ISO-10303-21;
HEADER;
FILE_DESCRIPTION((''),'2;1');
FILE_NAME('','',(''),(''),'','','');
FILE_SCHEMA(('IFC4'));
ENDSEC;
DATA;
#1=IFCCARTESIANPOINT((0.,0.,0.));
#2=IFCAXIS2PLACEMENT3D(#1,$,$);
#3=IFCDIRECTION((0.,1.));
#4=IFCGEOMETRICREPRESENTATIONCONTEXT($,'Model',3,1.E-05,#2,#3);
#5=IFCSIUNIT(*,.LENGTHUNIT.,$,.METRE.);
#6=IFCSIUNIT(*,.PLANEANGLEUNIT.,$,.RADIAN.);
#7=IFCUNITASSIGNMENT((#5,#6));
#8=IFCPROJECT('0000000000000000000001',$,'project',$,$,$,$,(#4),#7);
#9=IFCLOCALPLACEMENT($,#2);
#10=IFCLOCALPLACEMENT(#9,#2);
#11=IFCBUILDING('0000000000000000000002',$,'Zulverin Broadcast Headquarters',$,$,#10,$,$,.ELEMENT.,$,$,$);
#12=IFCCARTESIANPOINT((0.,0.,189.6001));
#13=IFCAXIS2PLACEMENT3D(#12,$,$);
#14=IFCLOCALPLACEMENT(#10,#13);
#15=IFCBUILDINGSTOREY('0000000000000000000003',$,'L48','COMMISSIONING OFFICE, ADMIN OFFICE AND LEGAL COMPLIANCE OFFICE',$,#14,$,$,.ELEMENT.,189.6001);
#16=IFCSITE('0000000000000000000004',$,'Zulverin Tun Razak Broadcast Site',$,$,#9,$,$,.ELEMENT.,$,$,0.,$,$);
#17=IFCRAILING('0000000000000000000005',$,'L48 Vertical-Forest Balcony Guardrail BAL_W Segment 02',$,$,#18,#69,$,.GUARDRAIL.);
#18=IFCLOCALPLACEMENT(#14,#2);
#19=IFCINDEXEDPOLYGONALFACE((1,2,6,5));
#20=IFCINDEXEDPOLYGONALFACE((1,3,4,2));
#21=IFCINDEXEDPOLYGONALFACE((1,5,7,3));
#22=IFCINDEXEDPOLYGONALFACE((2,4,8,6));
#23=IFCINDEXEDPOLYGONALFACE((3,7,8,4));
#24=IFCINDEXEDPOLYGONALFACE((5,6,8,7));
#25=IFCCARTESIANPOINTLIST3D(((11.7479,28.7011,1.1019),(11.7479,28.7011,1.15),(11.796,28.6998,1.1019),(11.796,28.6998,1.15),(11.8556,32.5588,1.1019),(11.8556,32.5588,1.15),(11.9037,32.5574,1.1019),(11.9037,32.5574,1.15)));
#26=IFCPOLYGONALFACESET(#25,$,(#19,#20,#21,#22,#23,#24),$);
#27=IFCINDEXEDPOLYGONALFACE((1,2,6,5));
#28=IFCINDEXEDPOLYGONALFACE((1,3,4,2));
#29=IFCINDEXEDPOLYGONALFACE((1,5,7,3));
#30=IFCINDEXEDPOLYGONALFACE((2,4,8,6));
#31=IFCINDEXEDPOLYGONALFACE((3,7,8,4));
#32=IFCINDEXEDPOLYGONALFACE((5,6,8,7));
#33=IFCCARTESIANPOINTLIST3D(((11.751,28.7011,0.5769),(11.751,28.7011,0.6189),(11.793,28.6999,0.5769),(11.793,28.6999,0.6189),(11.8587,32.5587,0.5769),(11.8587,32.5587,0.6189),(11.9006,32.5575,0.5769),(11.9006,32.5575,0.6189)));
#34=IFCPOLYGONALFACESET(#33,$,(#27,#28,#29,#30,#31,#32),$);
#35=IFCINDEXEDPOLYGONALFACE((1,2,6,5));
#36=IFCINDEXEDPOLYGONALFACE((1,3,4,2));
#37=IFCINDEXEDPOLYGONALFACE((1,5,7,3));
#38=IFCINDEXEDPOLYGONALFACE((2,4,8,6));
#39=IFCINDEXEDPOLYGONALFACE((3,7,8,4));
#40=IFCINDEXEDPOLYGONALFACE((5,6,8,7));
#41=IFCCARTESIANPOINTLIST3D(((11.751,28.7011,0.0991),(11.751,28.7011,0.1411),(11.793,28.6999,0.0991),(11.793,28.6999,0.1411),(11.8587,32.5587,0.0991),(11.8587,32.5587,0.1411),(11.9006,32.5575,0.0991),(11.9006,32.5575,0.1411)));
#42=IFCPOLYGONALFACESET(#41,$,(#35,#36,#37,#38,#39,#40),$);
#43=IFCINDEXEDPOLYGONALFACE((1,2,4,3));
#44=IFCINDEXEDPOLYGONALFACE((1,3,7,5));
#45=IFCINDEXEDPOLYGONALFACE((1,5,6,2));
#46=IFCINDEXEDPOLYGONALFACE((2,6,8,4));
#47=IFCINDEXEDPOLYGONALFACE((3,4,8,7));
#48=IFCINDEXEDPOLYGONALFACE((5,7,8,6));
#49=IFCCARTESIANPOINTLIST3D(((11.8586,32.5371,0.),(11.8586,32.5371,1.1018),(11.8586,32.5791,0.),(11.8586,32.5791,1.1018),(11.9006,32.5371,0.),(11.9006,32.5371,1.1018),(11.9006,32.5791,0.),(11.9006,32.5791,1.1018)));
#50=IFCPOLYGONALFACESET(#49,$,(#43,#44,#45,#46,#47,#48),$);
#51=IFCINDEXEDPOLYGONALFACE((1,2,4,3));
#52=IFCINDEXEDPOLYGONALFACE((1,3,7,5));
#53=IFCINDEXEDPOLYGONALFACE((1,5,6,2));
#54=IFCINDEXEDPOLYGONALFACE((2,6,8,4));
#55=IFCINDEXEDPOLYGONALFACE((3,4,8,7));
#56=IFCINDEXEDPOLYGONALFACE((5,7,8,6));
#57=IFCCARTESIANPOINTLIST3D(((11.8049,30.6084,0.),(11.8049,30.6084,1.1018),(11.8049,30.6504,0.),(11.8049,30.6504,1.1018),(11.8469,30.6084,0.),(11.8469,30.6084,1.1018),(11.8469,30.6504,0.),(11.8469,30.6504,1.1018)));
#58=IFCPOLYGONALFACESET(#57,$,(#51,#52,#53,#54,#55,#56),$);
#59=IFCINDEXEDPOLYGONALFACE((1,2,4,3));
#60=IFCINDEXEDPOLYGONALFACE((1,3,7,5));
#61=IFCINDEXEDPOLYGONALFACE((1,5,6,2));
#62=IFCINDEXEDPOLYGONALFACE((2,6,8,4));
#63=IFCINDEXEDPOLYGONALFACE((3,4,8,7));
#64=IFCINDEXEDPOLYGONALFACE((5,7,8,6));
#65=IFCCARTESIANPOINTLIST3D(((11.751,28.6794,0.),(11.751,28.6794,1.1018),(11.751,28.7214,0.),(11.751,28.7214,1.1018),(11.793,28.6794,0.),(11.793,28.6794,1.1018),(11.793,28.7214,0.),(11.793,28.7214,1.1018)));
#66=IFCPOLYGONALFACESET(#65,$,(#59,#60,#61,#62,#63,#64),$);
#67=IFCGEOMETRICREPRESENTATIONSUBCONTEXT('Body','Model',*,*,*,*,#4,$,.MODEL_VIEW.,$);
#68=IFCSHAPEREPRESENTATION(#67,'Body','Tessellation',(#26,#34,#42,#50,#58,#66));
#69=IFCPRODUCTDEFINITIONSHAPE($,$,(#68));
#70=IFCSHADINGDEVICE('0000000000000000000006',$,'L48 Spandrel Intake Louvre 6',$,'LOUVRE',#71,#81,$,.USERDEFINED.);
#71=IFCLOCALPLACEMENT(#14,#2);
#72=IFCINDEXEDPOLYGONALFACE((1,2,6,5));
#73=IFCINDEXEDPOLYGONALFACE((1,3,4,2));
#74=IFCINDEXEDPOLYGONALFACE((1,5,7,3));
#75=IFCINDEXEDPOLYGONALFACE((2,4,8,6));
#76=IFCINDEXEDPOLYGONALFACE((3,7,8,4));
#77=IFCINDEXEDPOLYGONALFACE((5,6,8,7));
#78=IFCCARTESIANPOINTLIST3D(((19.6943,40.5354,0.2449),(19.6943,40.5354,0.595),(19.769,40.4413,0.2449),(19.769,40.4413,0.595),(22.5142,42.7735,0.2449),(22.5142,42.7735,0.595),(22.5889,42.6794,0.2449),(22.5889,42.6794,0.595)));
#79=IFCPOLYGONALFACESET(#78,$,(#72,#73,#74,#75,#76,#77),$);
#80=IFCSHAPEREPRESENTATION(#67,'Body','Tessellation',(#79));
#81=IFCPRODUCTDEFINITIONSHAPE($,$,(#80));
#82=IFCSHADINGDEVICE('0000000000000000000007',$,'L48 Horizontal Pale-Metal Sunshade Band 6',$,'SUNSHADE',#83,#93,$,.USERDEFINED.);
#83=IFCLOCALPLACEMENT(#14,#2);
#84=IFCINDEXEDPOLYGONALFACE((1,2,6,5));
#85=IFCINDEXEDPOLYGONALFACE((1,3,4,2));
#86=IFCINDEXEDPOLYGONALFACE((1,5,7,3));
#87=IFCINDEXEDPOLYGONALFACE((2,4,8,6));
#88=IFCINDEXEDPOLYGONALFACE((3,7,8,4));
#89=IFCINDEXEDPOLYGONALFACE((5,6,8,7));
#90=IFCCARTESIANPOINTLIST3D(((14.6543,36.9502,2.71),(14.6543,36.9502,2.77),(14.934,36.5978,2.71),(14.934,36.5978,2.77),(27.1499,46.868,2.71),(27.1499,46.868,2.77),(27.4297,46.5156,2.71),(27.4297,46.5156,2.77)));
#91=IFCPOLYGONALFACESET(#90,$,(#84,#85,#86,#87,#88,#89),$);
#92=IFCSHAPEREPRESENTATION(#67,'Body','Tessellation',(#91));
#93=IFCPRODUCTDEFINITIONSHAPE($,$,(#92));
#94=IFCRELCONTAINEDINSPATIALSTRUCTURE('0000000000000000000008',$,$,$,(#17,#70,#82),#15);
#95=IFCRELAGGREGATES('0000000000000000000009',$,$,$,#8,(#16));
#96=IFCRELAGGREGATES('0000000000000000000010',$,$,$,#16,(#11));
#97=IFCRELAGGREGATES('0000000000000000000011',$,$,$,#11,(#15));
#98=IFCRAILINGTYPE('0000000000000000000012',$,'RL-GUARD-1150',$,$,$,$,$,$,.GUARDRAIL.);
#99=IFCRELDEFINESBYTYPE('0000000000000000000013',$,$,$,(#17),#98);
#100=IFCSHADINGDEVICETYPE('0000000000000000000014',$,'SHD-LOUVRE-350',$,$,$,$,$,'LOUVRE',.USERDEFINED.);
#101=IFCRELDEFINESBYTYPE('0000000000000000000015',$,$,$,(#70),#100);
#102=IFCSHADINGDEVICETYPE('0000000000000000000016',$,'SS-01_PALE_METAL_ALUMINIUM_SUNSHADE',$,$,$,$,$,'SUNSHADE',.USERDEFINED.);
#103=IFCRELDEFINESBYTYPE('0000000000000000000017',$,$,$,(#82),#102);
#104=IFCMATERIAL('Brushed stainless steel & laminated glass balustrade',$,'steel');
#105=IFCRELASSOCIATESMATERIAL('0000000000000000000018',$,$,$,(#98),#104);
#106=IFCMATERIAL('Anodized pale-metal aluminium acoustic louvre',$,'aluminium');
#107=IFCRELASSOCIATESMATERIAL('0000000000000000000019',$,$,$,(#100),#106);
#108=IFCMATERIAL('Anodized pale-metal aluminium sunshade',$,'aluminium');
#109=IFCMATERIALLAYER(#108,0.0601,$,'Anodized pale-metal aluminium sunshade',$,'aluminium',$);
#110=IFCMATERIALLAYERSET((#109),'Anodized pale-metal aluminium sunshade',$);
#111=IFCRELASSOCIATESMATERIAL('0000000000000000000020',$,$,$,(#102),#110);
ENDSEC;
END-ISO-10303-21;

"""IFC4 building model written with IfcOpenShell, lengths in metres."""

from ifc_helpers import new_model, si_unit, direction, frame, origin, origin_2d, place, context, subcontext, project, spatial, rectangle, extrude, material, layer, layer_set, type_object, element, save


model = new_model("IFC4")

# Units and contexts
model_context = context("Model", 3, precision=1e-05, world=origin(), true_north=direction((0.0, 1.0)))
body_context = subcontext(model_context, "Body", "Model", "MODEL_VIEW")
ifc_project = project(units=[si_unit("LENGTHUNIT", "METRE"), si_unit("PLANEANGLEUNIT", "RADIAN")], contexts=[model_context])

# Site, building, storey
site_placement = place(None, origin())
site = spatial("IfcSite", under=ifc_project, at=site_placement, Name="Zulverin Tun Razak Broadcast Site", CompositionType="ELEMENT", RefElevation=0.0)
building_placement = place(site_placement, origin())
building = spatial("IfcBuilding", under=site, at=building_placement, Name="Zulverin Broadcast Headquarters", CompositionType="ELEMENT")
storey_placement = place(building_placement, frame((0.0, 0.0, 189.6001)))
storey = spatial("IfcBuildingStorey", under=building, at=storey_placement, Name="L48", Description="COMMISSIONING OFFICE, ADMIN OFFICE AND LEGAL COMPLIANCE OFFICE", CompositionType="ELEMENT", Elevation=189.6001)

# Railing
ifc_material_1 = material(Name="Brushed stainless steel & laminated glass balustrade", Category="steel")
railing_type = type_object("IfcRailingType", Name="RL-GUARD-1150", PredefinedType="GUARDRAIL", material=ifc_material_1)
railing_placement = place(storey_placement, frame((11.8796, 32.5581, 0.0)))
element("IfcRailing", 1, at=railing_placement, inside=storey, type_object=railing_type, Name="L48 Vertical-Forest Balcony Guardrail BAL_W Segment 02", PredefinedType="GUARDRAIL", context=body_context, shape_type="SweptSolid", body=[
    extrude(rectangle(XDim=0.0481, YDim=0.0481, at=origin_2d()), frame((0.0, 0.0, 1.126), z_axis=(-0.027899, -0.999611, 0.0), x_axis=(0.999611, -0.027899, 0.0)), (0.0, 0.0, 1.0), 3.8591),
    extrude(rectangle(XDim=0.042, YDim=0.042, at=origin_2d()), frame((0.0, 0.0, 0.5979), z_axis=(-0.027899, -0.999611, 0.0), x_axis=(0.999611, -0.027899, 0.0)), (0.0, 0.0, 1.0), 3.8591),
    extrude(rectangle(XDim=0.042, YDim=0.042, at=origin_2d()), frame((0.0, 0.0, 0.1201), z_axis=(-0.027899, -0.999611, 0.0), x_axis=(0.999611, -0.027899, 0.0)), (0.0, 0.0, 1.0), 3.8591),
    extrude(rectangle(XDim=0.042, YDim=0.042, at=origin_2d()), origin(), (0.0, 0.0, 1.0), 1.1018),
    extrude(rectangle(XDim=0.042, YDim=0.042, at=origin_2d()), frame((-0.0537, -1.9287, 0.0)), (0.0, 0.0, 1.0), 1.1018),
    extrude(rectangle(XDim=0.042, YDim=0.042, at=origin_2d()), frame((-0.1077, -3.8577, 0.0)), (0.0, 0.0, 1.0), 1.1018),
])

# Shading devices
ifc_material_2 = material(Name="Anodized pale-metal aluminium acoustic louvre", Category="aluminium")
shading_device_type_1 = type_object("IfcShadingDeviceType", Name="SHD-LOUVRE-350", ElementType="LOUVRE", PredefinedType="USERDEFINED", material=ifc_material_2)
shading_device_1_placement = place(storey_placement, frame((21.1416, 41.6074, 0.2449), z_axis=(0.0, 0.0, 1.0), x_axis=(-0.78327, -0.621681, 0.0)))
element("IfcShadingDevice", 2, at=shading_device_1_placement, inside=storey, type_object=shading_device_type_1, Name="L48 Spandrel Intake Louvre 6", ObjectType="LOUVRE", PredefinedType="USERDEFINED", context=body_context, shape_type="SweptSolid", body=[
    extrude(rectangle(XDim=3.6001, YDim=0.1201, at=origin_2d()), origin(), (0.0, 0.0, 1.0), 0.3501),
])
ifc_material_3 = material(Name="Anodized pale-metal aluminium sunshade", Category="aluminium")
ifc_layer_1 = layer(ifc_material_3, 0.0601, Name="Anodized pale-metal aluminium sunshade", Category="aluminium")
ifc_layer_set_1 = layer_set([ifc_layer_1], Name="Anodized pale-metal aluminium sunshade")
shading_device_type_2 = type_object("IfcShadingDeviceType", Name="SS-01_PALE_METAL_ALUMINIUM_SUNSHADE", ElementType="SUNSHADE", PredefinedType="USERDEFINED", material=ifc_layer_set_1)
shading_device_2_placement = place(storey_placement, frame((21.042, 41.7329, 2.71), z_axis=(0.0, 0.0, 1.0), x_axis=(-0.78327, -0.621681, 0.0)))
element("IfcShadingDevice", 3, at=shading_device_2_placement, inside=storey, type_object=shading_device_type_2, Name="L48 Horizontal Pale-Metal Sunshade Band 6", ObjectType="SUNSHADE", PredefinedType="USERDEFINED", context=body_context, shape_type="SweptSolid", body=[
    extrude(rectangle(XDim=15.9531, YDim=0.45, at=origin_2d()), origin(), (0.0, 0.0, 1.0), 0.0601),
])

save(model, "model.ifc")
